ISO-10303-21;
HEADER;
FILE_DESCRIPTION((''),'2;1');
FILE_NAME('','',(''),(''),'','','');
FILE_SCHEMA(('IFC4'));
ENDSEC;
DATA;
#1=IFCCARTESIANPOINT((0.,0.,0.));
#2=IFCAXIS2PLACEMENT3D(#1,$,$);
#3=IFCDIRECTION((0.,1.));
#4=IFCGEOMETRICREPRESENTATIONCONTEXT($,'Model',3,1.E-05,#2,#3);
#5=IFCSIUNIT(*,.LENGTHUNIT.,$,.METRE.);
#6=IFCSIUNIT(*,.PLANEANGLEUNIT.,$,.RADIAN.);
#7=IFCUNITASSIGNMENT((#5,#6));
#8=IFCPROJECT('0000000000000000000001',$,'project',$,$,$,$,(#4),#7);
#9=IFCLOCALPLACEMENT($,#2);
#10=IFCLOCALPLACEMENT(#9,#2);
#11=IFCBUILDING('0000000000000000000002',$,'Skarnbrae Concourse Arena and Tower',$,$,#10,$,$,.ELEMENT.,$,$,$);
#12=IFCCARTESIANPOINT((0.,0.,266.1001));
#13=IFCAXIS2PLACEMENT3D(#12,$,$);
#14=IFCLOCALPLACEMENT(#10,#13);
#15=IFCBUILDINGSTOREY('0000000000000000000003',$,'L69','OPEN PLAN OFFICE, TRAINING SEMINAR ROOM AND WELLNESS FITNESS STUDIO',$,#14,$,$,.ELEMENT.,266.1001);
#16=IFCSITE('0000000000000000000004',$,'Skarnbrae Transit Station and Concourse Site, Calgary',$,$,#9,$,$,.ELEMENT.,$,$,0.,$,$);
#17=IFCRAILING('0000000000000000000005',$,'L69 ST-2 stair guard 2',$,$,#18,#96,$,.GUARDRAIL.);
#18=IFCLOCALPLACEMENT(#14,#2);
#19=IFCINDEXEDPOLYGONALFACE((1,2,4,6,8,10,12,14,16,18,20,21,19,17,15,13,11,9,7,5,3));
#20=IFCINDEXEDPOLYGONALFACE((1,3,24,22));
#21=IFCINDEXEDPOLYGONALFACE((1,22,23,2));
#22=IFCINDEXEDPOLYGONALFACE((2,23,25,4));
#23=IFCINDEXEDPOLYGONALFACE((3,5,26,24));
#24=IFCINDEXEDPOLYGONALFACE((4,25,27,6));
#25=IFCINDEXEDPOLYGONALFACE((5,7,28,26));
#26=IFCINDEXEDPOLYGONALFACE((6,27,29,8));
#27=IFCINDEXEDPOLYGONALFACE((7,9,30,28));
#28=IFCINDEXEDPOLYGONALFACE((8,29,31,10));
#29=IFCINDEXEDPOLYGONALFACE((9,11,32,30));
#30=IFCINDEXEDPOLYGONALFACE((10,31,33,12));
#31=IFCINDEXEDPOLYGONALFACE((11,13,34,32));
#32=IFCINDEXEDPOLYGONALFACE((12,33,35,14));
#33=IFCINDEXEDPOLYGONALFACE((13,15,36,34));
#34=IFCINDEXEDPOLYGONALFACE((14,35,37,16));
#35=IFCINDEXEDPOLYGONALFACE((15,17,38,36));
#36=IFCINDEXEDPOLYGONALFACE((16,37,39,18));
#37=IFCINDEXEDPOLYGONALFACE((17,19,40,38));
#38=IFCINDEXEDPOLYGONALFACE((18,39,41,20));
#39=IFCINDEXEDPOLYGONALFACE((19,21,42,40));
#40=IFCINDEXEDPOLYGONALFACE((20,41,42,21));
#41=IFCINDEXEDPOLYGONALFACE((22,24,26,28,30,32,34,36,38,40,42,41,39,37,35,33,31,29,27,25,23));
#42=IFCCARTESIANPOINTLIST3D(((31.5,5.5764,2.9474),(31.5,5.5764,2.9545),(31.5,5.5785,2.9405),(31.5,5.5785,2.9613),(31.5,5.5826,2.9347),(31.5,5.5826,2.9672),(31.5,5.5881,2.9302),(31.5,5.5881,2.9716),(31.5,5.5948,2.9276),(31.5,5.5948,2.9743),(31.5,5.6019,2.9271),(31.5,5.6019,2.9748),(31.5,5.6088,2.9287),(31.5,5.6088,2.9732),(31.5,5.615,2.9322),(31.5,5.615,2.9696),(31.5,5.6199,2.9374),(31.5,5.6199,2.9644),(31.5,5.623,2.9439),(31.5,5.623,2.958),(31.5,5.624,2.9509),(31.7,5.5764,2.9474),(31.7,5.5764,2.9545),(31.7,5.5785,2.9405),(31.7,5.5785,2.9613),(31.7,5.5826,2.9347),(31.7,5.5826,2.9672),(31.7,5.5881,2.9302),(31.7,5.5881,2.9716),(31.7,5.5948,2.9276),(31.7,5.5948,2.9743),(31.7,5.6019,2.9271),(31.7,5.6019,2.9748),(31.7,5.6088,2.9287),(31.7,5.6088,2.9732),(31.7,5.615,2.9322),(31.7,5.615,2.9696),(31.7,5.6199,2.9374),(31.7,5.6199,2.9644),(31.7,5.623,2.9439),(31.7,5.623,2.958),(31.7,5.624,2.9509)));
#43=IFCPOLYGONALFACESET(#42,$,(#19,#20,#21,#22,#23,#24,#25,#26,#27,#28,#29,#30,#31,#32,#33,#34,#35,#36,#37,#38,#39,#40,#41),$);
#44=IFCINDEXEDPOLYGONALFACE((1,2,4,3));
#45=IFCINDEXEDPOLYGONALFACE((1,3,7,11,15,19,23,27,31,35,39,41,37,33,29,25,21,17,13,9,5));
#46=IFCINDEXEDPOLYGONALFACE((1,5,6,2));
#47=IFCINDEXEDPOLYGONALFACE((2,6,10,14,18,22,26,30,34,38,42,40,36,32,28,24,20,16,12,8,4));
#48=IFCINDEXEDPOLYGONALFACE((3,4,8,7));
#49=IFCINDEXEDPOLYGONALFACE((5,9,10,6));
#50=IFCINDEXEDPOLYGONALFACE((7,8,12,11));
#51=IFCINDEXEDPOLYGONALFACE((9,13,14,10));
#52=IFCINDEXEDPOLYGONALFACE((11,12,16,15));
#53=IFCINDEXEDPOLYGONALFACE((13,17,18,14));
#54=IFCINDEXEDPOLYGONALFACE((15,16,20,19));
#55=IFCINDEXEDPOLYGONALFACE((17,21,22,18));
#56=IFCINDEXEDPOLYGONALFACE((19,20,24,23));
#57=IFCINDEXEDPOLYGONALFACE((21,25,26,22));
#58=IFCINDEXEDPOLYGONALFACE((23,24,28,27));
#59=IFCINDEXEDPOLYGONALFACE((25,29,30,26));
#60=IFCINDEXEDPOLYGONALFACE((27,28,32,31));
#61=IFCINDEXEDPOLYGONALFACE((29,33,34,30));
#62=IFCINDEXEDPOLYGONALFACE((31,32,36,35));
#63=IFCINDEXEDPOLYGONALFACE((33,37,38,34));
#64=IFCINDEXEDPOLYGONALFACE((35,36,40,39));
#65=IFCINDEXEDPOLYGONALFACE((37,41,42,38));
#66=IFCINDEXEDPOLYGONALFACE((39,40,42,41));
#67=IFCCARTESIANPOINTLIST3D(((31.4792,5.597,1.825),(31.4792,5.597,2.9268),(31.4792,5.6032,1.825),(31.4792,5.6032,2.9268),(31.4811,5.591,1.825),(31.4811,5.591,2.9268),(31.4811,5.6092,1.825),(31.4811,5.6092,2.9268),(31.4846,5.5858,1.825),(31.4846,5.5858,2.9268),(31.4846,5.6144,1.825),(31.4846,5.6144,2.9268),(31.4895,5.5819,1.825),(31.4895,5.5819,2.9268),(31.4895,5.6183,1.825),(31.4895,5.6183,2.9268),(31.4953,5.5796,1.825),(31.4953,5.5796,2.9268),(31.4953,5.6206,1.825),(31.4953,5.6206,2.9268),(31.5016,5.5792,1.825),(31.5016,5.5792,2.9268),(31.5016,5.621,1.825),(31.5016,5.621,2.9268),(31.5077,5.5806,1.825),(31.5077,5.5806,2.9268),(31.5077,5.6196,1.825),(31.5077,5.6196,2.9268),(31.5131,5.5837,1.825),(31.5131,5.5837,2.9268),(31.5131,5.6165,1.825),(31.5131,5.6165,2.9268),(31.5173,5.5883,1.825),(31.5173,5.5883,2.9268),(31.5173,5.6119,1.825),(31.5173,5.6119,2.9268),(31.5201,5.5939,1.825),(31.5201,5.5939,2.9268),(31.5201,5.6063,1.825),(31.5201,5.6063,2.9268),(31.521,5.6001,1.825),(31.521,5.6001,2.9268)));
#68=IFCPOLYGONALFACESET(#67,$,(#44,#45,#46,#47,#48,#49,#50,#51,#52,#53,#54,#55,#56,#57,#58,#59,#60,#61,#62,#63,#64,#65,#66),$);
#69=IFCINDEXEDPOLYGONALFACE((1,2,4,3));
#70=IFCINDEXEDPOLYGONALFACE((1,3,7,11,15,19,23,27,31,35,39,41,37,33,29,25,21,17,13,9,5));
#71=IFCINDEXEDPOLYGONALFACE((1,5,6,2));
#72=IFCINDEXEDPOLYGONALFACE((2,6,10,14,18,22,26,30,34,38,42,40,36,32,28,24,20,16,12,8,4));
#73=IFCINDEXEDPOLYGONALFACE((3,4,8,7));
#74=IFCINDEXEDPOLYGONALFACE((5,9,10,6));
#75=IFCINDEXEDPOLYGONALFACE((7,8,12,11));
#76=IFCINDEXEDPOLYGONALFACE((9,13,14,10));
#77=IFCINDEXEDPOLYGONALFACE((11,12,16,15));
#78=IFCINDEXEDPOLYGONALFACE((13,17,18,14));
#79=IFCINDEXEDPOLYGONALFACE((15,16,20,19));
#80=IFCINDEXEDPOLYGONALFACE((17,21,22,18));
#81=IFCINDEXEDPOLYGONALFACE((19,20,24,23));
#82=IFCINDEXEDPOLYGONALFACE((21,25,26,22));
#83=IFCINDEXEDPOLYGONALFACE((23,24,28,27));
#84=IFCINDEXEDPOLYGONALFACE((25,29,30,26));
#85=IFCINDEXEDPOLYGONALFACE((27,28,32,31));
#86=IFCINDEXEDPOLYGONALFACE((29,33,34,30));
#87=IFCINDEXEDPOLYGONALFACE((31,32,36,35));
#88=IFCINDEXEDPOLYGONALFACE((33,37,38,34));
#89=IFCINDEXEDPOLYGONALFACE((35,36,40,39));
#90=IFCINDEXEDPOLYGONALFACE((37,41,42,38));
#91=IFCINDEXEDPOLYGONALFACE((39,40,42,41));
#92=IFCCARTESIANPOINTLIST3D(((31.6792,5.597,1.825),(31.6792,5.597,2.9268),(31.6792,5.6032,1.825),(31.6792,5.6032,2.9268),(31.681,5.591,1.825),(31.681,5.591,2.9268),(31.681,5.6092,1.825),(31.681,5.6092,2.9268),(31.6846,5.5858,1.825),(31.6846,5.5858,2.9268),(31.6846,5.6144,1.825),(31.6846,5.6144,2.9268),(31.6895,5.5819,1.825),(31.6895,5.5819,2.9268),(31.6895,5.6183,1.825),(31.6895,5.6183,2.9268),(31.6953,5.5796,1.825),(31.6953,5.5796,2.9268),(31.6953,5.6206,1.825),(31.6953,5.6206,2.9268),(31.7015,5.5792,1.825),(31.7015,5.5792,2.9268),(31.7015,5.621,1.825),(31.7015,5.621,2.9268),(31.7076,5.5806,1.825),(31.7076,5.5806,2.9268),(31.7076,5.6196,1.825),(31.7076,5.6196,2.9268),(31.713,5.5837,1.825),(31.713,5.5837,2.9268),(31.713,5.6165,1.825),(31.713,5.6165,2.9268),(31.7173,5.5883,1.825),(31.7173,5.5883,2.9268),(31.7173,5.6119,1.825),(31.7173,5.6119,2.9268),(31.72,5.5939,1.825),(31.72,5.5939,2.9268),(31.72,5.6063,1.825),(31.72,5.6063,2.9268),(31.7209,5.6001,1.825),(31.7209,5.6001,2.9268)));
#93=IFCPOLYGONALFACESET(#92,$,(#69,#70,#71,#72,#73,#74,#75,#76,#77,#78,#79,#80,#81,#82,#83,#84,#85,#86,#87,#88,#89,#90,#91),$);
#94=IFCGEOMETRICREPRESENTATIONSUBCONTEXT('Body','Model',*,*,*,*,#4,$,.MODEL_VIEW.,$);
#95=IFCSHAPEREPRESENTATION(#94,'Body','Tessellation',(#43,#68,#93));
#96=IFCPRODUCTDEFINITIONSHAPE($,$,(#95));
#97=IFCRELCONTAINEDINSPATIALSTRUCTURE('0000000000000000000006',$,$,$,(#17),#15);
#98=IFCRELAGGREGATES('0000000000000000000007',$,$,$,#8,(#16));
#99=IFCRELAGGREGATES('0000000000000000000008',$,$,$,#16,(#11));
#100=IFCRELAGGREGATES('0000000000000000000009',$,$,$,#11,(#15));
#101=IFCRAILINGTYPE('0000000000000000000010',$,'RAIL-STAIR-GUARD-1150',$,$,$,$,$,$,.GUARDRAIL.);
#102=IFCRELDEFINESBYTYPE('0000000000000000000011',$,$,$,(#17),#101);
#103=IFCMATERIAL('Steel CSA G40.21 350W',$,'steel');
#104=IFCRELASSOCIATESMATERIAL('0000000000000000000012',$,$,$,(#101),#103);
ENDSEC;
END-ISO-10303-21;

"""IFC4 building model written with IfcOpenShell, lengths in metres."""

from ifc_helpers import new_model, si_unit, direction, frame, origin, origin_2d, place, context, subcontext, project, spatial, circle, extrude, material, type_object, element, save


model = new_model("IFC4")

# Units and contexts
model_context = context("Model", 3, precision=1e-05, world=origin(), true_north=direction((0.0, 1.0)))
body_context = subcontext(model_context, "Body", "Model", "MODEL_VIEW")
ifc_project = project(units=[si_unit("LENGTHUNIT", "METRE"), si_unit("PLANEANGLEUNIT", "RADIAN")], contexts=[model_context])

# Site, building, storey
site_placement = place(None, origin())
site = spatial("IfcSite", under=ifc_project, at=site_placement, Name="Skarnbrae Transit Station and Concourse Site, Calgary", CompositionType="ELEMENT", RefElevation=0.0)
building_placement = place(site_placement, origin())
building = spatial("IfcBuilding", under=site, at=building_placement, Name="Skarnbrae Concourse Arena and Tower", CompositionType="ELEMENT")
storey_placement = place(building_placement, frame((0.0, 0.0, 266.1001)))
storey = spatial("IfcBuildingStorey", under=building, at=storey_placement, Name="L69", Description="OPEN PLAN OFFICE, TRAINING SEMINAR ROOM AND WELLNESS FITNESS STUDIO", CompositionType="ELEMENT", Elevation=266.1001)

# Shared definitions
ifc_material_1 = material(Name="Steel CSA G40.21 350W", Category="steel")

# Railing
railing_type_1 = type_object("IfcRailingType", Name="RAIL-STAIR-GUARD-1150", PredefinedType="GUARDRAIL", material=ifc_material_1)
railing_1_placement = place(storey_placement, frame((31.5, 5.6001, 1.825)))
element("IfcRailing", 1, at=railing_1_placement, inside=storey, type_object=railing_type_1, Name="L69 ST-2 stair guard 2", PredefinedType="GUARDRAIL", context=body_context, shape_type="SweptSolid", body=[
    extrude(circle(Radius=0.0239, at=origin_2d()), frame((0.0, 0.0, 1.126), z_axis=(1.0, 0.0, 0.0), x_axis=(0.0, 1.0, 0.0)), (0.0, 0.0, 1.0), 0.2),
    extrude(circle(Radius=0.021, at=origin_2d()), origin(), (0.0, 0.0, 1.0), 1.1018),
    extrude(circle(Radius=0.021, at=origin_2d()), frame((0.2, 0.0, 0.0)), (0.0, 0.0, 1.0), 1.1018),
])

save(model, "model.ifc")
